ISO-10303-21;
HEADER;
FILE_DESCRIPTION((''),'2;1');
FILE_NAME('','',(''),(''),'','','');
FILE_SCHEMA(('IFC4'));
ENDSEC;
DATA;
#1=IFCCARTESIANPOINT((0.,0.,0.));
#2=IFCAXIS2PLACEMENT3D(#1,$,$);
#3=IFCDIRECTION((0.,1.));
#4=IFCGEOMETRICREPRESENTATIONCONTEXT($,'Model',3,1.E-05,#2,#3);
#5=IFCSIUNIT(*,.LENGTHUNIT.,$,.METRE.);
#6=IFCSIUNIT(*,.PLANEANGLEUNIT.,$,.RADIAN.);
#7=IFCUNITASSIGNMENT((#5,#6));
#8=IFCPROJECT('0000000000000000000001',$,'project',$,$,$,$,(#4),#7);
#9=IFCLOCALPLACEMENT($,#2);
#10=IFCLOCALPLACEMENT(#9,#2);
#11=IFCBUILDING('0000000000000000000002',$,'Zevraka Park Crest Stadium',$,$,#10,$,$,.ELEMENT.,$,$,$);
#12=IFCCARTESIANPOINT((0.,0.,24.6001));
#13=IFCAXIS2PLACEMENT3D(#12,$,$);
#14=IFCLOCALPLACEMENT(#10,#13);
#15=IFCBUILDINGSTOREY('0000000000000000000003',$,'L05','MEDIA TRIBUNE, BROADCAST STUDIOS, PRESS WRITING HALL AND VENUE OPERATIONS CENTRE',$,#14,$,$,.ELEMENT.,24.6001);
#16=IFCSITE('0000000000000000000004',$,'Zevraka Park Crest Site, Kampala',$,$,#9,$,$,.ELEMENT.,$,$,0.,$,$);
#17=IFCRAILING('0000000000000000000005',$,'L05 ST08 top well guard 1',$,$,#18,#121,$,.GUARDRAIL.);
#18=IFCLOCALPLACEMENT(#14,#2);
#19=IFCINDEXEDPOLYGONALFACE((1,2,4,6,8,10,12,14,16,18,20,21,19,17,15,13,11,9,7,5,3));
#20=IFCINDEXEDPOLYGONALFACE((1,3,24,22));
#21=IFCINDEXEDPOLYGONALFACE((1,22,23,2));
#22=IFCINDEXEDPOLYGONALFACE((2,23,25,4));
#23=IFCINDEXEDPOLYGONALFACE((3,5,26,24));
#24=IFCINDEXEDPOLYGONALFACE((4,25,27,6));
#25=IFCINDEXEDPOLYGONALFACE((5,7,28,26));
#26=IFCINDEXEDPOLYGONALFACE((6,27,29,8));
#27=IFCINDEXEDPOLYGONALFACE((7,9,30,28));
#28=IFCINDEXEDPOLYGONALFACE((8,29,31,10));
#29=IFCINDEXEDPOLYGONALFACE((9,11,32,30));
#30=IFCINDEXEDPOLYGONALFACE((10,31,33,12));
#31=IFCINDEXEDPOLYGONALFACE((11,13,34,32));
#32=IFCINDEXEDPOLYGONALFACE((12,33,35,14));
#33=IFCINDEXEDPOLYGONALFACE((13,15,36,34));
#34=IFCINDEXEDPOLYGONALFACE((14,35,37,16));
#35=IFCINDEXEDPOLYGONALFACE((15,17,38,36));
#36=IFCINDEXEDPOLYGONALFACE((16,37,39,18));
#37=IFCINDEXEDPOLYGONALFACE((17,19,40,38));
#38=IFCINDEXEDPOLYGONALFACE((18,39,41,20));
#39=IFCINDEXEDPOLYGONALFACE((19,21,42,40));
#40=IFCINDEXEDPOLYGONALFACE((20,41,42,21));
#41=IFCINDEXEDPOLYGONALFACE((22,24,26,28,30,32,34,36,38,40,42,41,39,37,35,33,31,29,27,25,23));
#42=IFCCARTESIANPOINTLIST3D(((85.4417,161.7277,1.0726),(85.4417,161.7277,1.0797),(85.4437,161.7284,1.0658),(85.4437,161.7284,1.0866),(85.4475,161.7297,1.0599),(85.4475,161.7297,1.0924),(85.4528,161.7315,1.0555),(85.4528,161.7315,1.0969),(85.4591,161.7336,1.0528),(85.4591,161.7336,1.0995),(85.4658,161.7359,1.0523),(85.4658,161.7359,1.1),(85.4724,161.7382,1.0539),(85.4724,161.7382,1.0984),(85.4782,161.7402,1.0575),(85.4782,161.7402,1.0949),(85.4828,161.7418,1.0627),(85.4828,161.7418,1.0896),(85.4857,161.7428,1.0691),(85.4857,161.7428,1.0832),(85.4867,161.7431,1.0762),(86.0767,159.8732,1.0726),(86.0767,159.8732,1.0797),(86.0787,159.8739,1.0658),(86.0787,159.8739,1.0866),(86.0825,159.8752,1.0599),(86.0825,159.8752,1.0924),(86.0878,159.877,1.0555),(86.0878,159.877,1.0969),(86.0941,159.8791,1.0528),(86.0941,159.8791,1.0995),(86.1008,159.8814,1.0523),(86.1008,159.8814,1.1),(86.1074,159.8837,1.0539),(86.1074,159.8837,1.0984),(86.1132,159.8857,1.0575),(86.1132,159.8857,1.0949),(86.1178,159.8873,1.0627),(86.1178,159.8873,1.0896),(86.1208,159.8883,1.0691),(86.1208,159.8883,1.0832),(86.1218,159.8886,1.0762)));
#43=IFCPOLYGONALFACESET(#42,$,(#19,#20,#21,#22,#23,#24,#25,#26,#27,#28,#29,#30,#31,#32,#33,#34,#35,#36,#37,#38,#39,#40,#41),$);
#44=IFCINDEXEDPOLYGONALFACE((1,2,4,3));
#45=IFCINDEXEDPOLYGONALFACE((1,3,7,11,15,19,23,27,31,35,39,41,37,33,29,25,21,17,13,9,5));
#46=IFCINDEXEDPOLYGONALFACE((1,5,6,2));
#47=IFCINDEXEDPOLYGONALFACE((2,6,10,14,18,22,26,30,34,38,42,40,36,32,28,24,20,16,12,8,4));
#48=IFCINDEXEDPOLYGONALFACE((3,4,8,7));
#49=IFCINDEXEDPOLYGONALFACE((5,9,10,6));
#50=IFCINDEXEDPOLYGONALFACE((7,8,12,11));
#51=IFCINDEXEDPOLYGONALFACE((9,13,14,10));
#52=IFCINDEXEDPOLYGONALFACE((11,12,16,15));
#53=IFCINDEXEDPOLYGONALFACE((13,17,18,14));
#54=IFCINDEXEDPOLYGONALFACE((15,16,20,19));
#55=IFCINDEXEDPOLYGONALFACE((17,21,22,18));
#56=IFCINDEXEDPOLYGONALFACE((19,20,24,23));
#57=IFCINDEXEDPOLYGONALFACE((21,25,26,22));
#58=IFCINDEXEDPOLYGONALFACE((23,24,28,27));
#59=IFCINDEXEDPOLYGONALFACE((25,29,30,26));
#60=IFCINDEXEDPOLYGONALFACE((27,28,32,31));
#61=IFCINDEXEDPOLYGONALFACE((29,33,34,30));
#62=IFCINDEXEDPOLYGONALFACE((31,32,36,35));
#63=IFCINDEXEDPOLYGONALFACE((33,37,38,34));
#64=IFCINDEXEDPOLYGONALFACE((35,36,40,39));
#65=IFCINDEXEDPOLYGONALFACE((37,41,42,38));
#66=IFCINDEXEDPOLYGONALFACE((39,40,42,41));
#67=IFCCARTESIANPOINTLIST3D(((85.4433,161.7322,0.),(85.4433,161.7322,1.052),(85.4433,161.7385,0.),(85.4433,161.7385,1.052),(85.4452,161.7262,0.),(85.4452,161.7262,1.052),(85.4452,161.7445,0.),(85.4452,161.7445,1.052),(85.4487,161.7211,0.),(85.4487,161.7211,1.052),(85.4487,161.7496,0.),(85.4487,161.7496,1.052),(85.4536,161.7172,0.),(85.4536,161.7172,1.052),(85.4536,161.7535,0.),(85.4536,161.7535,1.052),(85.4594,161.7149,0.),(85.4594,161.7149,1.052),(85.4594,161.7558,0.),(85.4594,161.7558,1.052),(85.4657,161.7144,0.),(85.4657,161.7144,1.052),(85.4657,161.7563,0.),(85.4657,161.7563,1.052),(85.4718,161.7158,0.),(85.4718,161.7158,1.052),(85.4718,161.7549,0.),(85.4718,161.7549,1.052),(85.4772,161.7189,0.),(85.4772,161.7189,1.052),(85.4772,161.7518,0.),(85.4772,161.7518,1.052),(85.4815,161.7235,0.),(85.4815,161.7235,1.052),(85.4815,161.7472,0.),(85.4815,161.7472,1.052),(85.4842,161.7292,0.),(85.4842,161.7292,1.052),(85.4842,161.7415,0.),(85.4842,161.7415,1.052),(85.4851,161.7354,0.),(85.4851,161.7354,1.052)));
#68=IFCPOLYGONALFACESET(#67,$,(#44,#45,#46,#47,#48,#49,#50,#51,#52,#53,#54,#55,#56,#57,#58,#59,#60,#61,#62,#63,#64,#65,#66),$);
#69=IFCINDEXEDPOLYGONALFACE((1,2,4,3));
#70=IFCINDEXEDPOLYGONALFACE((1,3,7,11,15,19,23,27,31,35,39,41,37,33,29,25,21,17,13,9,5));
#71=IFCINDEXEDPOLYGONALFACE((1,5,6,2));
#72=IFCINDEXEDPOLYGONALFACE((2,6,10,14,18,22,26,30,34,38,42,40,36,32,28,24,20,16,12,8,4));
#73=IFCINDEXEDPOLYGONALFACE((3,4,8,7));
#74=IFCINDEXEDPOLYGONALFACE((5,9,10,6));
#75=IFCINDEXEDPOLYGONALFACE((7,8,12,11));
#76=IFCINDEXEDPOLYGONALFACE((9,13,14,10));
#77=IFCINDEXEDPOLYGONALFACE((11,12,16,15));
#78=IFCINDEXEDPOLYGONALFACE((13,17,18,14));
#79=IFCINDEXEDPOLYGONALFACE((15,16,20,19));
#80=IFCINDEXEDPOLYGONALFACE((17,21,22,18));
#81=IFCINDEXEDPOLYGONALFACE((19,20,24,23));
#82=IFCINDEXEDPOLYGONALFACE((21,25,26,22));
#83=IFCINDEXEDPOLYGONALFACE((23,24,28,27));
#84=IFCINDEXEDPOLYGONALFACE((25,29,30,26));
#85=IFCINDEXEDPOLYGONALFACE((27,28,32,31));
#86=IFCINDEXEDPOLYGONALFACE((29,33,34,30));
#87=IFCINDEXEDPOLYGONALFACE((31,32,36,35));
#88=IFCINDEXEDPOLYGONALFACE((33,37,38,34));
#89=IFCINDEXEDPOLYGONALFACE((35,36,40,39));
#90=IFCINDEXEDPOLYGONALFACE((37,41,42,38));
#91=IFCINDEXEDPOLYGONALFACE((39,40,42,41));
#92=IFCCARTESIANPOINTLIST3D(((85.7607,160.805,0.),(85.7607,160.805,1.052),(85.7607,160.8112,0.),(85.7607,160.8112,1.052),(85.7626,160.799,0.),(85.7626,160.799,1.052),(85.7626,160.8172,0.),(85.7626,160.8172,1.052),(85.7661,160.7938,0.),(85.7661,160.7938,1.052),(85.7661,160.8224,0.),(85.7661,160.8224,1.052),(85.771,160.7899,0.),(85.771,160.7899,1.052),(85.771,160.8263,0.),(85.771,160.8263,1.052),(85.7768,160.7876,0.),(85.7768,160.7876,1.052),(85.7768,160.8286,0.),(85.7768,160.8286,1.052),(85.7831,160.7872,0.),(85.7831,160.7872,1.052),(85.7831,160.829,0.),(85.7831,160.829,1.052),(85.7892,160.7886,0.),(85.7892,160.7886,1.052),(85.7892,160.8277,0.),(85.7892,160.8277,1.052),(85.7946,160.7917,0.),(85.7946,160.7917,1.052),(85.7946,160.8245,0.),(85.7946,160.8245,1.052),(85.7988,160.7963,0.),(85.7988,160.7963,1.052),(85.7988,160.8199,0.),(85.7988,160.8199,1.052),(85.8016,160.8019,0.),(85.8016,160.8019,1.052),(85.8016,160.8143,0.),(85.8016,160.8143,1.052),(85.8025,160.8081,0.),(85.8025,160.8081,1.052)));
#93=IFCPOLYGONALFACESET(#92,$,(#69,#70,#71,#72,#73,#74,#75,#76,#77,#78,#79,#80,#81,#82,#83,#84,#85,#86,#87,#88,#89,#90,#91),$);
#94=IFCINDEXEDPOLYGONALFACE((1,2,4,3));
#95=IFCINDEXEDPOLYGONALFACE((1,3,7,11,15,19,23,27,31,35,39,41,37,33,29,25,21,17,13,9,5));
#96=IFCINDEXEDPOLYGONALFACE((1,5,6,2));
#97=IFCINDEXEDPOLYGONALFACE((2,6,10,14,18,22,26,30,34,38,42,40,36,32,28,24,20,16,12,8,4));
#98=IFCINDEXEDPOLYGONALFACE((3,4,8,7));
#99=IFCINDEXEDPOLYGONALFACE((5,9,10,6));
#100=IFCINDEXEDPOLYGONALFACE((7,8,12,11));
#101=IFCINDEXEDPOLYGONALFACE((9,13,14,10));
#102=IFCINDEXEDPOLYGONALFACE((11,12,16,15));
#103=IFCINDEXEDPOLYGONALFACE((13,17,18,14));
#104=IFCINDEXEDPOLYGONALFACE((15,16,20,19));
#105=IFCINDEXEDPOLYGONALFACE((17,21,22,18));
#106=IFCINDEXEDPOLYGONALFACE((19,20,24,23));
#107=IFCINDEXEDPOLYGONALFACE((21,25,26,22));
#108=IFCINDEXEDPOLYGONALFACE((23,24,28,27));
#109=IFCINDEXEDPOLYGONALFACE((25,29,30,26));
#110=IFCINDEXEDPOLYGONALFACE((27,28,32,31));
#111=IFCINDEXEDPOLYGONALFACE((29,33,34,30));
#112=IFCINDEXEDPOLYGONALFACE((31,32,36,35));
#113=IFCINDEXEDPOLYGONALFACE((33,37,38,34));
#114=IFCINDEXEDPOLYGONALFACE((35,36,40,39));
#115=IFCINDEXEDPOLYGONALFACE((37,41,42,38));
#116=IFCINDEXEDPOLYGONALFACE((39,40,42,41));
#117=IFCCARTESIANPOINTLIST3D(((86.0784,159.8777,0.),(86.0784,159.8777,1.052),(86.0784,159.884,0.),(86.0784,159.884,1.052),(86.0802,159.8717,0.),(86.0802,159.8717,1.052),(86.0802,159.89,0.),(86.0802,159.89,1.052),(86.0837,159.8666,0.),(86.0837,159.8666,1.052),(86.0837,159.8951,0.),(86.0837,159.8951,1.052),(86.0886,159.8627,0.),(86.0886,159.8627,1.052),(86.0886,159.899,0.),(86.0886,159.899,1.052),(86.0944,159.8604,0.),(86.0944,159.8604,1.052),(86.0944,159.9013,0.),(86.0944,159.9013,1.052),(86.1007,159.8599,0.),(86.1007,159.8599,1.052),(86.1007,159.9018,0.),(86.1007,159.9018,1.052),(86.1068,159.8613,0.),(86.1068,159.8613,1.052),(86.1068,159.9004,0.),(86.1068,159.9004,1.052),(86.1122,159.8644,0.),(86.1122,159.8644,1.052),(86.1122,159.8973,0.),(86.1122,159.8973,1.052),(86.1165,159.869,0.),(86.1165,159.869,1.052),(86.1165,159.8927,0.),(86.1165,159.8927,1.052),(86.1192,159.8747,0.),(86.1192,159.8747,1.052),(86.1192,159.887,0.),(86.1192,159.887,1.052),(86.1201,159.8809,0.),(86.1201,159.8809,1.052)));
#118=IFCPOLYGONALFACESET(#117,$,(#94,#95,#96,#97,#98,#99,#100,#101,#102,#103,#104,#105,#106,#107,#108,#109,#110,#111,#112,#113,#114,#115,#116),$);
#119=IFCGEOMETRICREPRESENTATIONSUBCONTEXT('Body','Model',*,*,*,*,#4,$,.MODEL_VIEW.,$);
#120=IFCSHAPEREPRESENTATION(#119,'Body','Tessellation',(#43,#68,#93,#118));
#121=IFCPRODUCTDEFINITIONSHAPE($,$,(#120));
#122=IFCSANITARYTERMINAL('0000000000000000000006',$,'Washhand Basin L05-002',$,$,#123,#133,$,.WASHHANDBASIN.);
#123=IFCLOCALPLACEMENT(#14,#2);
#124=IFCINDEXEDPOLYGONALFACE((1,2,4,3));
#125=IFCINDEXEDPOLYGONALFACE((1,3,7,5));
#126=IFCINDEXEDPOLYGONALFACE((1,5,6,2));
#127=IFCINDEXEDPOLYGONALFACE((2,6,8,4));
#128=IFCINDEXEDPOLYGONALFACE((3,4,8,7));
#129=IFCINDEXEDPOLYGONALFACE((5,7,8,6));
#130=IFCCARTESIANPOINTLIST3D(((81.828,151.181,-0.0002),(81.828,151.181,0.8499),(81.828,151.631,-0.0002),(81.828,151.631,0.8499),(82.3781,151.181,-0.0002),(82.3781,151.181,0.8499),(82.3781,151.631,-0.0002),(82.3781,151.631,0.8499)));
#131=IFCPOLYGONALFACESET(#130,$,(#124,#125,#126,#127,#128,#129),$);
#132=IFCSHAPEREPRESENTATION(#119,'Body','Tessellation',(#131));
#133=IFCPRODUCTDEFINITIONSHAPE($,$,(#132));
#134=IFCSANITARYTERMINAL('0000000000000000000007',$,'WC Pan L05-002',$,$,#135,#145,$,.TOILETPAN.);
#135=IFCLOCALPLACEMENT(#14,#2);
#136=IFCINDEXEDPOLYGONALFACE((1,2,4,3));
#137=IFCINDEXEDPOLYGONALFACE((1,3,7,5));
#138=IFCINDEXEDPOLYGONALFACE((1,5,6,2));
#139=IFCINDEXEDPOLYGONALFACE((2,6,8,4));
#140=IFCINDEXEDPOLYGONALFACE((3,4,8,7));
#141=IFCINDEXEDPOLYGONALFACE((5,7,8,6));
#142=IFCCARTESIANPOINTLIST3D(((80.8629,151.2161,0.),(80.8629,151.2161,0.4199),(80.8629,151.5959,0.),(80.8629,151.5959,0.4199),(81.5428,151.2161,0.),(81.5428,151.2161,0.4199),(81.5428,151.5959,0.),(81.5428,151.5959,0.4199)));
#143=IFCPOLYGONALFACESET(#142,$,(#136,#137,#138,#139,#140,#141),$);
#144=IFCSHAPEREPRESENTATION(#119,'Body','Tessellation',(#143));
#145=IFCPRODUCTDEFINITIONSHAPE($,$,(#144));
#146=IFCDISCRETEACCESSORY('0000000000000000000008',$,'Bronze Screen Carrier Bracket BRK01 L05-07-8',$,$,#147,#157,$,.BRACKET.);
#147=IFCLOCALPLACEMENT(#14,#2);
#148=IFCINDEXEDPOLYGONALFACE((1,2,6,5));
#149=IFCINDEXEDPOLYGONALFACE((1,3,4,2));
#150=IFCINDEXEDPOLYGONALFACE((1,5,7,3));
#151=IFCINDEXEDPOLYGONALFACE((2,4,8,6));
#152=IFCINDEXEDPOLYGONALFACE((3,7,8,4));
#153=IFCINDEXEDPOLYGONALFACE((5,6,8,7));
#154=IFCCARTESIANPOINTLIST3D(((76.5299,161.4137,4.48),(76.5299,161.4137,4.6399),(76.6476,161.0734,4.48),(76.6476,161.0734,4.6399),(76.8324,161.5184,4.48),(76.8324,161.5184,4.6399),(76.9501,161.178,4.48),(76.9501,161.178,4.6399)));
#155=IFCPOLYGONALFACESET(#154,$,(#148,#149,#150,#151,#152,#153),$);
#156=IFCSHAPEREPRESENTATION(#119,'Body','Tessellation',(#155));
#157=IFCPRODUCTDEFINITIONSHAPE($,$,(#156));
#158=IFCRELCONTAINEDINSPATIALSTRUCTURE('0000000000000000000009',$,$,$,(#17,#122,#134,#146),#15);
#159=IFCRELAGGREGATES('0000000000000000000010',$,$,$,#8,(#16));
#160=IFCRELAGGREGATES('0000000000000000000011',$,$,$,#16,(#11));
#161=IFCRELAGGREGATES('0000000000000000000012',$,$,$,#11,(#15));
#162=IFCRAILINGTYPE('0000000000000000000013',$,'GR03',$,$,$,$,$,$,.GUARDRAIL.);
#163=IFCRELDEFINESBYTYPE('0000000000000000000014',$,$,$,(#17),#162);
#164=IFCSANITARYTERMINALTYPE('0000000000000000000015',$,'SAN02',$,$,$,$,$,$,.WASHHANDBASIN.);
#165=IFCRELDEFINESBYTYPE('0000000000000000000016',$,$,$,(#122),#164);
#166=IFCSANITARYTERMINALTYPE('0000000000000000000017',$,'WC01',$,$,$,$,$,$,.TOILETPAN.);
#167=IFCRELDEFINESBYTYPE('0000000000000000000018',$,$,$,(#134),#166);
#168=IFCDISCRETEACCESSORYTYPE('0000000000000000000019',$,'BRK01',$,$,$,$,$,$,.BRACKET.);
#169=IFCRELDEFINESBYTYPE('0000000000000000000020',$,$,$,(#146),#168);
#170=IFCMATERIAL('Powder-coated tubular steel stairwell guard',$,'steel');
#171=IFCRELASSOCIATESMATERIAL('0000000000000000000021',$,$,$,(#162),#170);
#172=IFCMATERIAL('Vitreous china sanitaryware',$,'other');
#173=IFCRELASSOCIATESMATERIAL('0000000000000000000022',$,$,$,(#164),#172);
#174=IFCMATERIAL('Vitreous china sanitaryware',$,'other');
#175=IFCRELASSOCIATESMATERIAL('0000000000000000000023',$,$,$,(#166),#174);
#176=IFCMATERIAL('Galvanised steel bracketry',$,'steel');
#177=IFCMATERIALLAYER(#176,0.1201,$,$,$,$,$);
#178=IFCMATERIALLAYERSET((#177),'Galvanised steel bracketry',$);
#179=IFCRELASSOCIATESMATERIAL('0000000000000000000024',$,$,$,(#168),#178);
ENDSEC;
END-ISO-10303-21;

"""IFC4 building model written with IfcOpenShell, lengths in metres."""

from ifc_helpers import new_model, si_unit, direction, frame, origin, origin_2d, place, context, subcontext, project, spatial, rectangle, circle, extrude, material, layer, layer_set, type_object, element, save


model = new_model("IFC4")

# Units and contexts
model_context = context("Model", 3, precision=1e-05, world=origin(), true_north=direction((0.0, 1.0)))
body_context = subcontext(model_context, "Body", "Model", "MODEL_VIEW")
ifc_project = project(units=[si_unit("LENGTHUNIT", "METRE"), si_unit("PLANEANGLEUNIT", "RADIAN")], contexts=[model_context])

# Site, building, storey
site_placement = place(None, origin())
site = spatial("IfcSite", under=ifc_project, at=site_placement, Name="Zevraka Park Crest Site, Kampala", CompositionType="ELEMENT", RefElevation=0.0)
building_placement = place(site_placement, origin())
building = spatial("IfcBuilding", under=site, at=building_placement, Name="Zevraka Park Crest Stadium", CompositionType="ELEMENT")
storey_placement = place(building_placement, frame((0.0, 0.0, 24.6001)))
storey = spatial("IfcBuildingStorey", under=building, at=storey_placement, Name="L05", Description="MEDIA TRIBUNE, BROADCAST STUDIOS, PRESS WRITING HALL AND VENUE OPERATIONS CENTRE", CompositionType="ELEMENT", Elevation=24.6001)

# Railing
ifc_material_1 = material(Name="Powder-coated tubular steel stairwell guard", Category="steel")
railing_type = type_object("IfcRailingType", Name="GR03", PredefinedType="GUARDRAIL", material=ifc_material_1)
railing_placement = place(storey_placement, frame((85.4641, 161.7354, 0.0)))
element("IfcRailing", 1, at=railing_placement, inside=storey, type_object=railing_type, Name="L05 ST08 top well guard 1", PredefinedType="GUARDRAIL", context=body_context, shape_type="SweptSolid", body=[
    extrude(circle(Radius=0.0239, at=origin_2d()), frame((0.0, 0.0, 1.0762), z_axis=(0.323952, -0.946074, 0.0), x_axis=(0.946074, 0.323952, 0.0)), (0.0, 0.0, 1.0), 1.9602),
    extrude(circle(Radius=0.021, at=origin_2d()), origin(), (0.0, 0.0, 1.0), 1.052),
    extrude(circle(Radius=0.021, at=origin_2d()), frame((0.3174, -0.9272, 0.0)), (0.0, 0.0, 1.0), 1.052),
    extrude(circle(Radius=0.021, at=origin_2d()), frame((0.635, -1.8545, 0.0)), (0.0, 0.0, 1.0), 1.052),
])

# Sanitary terminals
ifc_material_2 = material(Name="Vitreous china sanitaryware", Category="other")
sanitary_terminal_type_1 = type_object("IfcSanitaryTerminalType", Name="SAN02", PredefinedType="WASHHANDBASIN", material=ifc_material_2)
sanitary_terminal_1_placement = place(storey_placement, frame((82.103, 151.406, -0.0002), z_axis=(0.0, 0.0, 1.0), x_axis=(1.0, 0.0, 0.0)))
element("IfcSanitaryTerminal", 2, at=sanitary_terminal_1_placement, inside=storey, type_object=sanitary_terminal_type_1, Name="Washhand Basin L05-002", PredefinedType="WASHHANDBASIN", context=body_context, shape_type="SweptSolid", body=[
    extrude(rectangle(XDim=0.55, YDim=0.45, at=origin_2d()), origin(), (0.0, 0.0, 1.0), 0.8501),
])
ifc_material_3 = material(Name="Vitreous china sanitaryware", Category="other")
sanitary_terminal_type_2 = type_object("IfcSanitaryTerminalType", Name="WC01", PredefinedType="TOILETPAN", material=ifc_material_3)
sanitary_terminal_2_placement = place(storey_placement, frame((81.2029, 151.406, 0.0), z_axis=(0.0, 0.0, 1.0), x_axis=(1.0, 0.0, 0.0)))
element("IfcSanitaryTerminal", 3, at=sanitary_terminal_2_placement, inside=storey, type_object=sanitary_terminal_type_2, Name="WC Pan L05-002", PredefinedType="TOILETPAN", context=body_context, shape_type="SweptSolid", body=[
    extrude(rectangle(XDim=0.6799, YDim=0.3799, at=origin_2d()), origin(), (0.0, 0.0, 1.0), 0.4199),
])

# Discrete accessory
ifc_material_4 = material(Name="Galvanised steel bracketry", Category="steel")
ifc_layer_1 = layer(ifc_material_4, 0.1201)
ifc_layer_set_1 = layer_set([ifc_layer_1], Name="Galvanised steel bracketry")
discrete_accessory_type = type_object("IfcDiscreteAccessoryType", Name="BRK01", PredefinedType="BRACKET", material=ifc_layer_set_1)
discrete_accessory_placement = place(storey_placement, frame((76.74, 161.2959, 4.48), z_axis=(0.0, 0.0, 1.0), x_axis=(-0.945063, -0.326888, 0.0)))
element("IfcDiscreteAccessory", 4, at=discrete_accessory_placement, inside=storey, type_object=discrete_accessory_type, Name="Bronze Screen Carrier Bracket BRK01 L05-07-8", PredefinedType="BRACKET", context=body_context, shape_type="SweptSolid", body=[
    extrude(rectangle(XDim=0.3201, YDim=0.3601, at=origin_2d()), origin(), (0.0, 0.0, 1.0), 0.1599),
])

save(model, "model.ifc")
